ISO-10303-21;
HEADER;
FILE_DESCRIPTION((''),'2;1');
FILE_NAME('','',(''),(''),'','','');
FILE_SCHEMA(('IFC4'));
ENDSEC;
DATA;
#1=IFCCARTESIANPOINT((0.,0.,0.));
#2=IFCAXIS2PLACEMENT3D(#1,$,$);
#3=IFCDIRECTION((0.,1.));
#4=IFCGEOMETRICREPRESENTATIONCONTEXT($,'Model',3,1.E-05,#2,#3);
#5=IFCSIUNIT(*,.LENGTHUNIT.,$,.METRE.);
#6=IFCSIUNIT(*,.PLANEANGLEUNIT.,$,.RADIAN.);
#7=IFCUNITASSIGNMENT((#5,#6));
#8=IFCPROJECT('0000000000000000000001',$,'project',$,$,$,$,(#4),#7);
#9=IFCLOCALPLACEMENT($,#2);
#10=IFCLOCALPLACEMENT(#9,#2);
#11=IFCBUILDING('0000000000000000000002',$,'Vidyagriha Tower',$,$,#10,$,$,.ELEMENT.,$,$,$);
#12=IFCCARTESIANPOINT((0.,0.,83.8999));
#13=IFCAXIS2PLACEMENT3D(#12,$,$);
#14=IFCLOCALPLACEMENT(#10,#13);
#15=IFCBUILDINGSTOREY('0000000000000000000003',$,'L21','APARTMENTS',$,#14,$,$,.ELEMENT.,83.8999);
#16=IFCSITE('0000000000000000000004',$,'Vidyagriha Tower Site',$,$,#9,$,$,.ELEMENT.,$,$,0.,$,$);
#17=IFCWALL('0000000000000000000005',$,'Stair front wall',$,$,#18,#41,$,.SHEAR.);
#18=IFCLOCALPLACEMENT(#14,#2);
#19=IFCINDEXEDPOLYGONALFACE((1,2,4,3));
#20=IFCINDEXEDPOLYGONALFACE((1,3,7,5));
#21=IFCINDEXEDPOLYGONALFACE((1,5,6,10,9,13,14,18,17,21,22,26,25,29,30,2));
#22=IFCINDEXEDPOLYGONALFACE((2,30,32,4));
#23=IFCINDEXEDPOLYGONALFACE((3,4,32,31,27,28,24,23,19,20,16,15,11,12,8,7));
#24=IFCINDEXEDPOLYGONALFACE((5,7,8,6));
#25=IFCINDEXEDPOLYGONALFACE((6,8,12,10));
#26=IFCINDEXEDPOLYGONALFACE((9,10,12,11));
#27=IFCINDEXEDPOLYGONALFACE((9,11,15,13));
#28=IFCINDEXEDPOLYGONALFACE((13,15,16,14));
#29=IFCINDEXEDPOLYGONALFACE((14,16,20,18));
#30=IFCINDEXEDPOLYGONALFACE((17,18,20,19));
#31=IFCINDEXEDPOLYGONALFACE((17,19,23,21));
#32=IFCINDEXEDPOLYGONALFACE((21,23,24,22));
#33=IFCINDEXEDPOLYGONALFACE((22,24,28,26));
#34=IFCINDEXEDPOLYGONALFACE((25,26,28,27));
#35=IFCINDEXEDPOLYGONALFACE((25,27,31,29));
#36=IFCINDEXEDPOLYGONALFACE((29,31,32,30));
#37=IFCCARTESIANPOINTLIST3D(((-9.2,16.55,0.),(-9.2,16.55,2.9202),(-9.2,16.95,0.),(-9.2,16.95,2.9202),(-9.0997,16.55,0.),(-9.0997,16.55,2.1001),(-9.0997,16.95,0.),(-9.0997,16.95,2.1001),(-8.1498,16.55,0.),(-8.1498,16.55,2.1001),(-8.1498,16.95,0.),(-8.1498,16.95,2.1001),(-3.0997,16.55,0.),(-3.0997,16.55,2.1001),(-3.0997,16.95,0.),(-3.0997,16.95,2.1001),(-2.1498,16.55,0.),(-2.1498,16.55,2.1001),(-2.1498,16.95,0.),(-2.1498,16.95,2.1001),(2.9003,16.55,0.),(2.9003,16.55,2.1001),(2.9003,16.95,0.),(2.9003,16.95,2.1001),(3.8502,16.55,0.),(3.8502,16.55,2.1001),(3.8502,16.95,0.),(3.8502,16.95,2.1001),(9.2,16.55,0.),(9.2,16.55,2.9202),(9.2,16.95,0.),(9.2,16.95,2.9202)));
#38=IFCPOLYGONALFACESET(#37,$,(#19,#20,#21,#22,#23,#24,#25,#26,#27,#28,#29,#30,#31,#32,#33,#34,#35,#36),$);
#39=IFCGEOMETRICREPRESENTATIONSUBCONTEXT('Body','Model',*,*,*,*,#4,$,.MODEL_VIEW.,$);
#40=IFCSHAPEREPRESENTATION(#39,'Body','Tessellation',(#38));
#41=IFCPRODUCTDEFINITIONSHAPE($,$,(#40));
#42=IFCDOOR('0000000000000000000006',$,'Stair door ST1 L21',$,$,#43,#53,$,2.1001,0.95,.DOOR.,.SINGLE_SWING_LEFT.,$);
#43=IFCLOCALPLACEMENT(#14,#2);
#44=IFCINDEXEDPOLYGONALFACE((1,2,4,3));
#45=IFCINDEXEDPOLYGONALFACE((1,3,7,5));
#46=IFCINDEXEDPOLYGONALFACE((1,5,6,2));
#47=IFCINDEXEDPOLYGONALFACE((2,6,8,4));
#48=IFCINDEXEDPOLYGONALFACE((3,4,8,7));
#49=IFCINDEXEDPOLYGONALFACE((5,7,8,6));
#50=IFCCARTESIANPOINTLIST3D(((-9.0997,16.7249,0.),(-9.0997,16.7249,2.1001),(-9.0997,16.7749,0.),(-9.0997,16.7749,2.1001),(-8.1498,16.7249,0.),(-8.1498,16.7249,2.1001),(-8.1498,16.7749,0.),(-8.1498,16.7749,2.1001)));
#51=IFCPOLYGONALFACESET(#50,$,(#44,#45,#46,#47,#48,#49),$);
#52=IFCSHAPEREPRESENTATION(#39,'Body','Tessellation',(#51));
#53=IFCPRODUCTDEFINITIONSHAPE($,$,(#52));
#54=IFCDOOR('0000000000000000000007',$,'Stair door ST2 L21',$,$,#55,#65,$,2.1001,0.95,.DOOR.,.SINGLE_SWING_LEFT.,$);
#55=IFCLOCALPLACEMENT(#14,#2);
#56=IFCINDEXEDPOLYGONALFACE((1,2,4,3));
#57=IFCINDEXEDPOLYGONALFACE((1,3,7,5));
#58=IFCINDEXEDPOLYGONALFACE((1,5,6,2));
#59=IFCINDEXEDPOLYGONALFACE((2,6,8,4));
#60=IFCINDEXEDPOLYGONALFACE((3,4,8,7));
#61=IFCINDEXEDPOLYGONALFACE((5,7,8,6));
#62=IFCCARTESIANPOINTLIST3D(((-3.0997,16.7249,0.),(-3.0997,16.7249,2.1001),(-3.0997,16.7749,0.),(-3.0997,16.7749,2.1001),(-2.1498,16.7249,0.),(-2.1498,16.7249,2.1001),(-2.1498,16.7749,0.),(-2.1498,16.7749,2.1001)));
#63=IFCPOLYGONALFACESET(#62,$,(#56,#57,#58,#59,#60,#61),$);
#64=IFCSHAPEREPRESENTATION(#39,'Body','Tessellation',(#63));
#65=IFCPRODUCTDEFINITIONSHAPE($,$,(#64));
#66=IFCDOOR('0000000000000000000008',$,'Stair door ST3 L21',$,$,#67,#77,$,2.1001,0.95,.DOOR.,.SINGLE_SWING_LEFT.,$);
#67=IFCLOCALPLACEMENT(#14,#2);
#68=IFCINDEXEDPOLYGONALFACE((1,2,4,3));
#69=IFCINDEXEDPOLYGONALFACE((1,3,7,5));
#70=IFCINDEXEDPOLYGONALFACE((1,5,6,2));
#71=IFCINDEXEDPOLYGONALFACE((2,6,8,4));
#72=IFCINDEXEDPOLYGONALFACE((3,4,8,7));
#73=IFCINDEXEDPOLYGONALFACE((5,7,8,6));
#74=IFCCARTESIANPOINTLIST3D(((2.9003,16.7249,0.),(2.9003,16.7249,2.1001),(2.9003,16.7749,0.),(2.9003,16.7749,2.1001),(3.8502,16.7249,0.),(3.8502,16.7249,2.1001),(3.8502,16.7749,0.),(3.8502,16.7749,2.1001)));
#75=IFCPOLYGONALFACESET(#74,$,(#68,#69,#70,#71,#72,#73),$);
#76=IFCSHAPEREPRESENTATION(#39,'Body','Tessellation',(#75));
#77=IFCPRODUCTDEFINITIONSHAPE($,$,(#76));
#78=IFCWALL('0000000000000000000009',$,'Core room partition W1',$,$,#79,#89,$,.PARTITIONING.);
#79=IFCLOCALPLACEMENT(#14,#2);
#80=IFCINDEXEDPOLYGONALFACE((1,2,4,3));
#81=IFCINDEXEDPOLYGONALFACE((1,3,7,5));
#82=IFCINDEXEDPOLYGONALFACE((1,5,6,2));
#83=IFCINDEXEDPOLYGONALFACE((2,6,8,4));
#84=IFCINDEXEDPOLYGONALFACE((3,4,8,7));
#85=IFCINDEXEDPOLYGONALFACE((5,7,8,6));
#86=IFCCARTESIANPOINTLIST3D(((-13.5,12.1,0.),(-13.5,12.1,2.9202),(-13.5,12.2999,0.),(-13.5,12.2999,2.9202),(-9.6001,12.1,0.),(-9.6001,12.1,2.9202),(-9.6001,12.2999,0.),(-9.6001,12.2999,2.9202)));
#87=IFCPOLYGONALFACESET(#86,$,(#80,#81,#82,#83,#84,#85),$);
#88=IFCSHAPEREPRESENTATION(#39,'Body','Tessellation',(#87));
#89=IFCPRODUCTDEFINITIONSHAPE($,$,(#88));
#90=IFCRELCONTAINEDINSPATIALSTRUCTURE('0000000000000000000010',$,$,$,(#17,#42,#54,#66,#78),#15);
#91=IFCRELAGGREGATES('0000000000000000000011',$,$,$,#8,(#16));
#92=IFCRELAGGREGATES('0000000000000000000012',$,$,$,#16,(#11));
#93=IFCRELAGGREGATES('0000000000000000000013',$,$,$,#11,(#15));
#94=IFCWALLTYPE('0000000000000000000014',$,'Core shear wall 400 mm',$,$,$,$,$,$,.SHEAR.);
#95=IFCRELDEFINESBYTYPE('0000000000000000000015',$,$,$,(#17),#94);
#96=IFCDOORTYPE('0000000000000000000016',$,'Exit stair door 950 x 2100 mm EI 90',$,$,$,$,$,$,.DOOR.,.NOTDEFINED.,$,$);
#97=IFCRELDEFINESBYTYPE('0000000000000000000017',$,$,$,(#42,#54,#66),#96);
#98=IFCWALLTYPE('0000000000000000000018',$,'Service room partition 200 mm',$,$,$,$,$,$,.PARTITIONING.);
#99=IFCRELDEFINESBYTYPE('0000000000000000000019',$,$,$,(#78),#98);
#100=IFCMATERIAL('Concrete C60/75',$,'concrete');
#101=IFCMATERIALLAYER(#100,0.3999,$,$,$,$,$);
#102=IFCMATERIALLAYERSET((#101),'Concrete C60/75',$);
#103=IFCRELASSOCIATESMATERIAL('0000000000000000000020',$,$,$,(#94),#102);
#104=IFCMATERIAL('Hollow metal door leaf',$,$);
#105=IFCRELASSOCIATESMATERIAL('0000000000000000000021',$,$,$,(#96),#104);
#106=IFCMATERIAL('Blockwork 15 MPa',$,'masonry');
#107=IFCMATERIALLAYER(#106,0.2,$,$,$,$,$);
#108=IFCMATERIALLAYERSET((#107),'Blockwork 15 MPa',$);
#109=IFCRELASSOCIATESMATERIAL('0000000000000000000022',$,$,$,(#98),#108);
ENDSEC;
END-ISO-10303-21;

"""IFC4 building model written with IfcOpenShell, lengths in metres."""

from ifc_helpers import new_model, si_unit, direction, frame, frame_2d, origin, place, context, subcontext, project, spatial, rectangle, extrude, material, layer, layer_set, type_object, element, fill, save


model = new_model("IFC4")

# Units and contexts
model_context = context("Model", 3, precision=1e-05, world=origin(), true_north=direction((0.0, 1.0)))
body_context = subcontext(model_context, "Body", "Model", "MODEL_VIEW")
ifc_project = project(units=[si_unit("LENGTHUNIT", "METRE"), si_unit("PLANEANGLEUNIT", "RADIAN")], contexts=[model_context])

# Site, building, storey
site_placement = place(None, origin())
site = spatial("IfcSite", under=ifc_project, at=site_placement, Name="Vidyagriha Tower Site", CompositionType="ELEMENT", RefElevation=0.0)
building_placement = place(site_placement, origin())
building = spatial("IfcBuilding", under=site, at=building_placement, Name="Vidyagriha Tower", CompositionType="ELEMENT")
storey_placement = place(building_placement, frame((0.0, 0.0, 83.8999)))
storey = spatial("IfcBuildingStorey", under=building, at=storey_placement, Name="L21", Description="APARTMENTS", CompositionType="ELEMENT", Elevation=83.8999)

# Shared definitions
ifc_material_1 = material(Name="Concrete C60/75", Category="concrete")
ifc_layer_1 = layer(ifc_material_1, 0.3999)
ifc_layer_set_1 = layer_set([ifc_layer_1], Name="Concrete C60/75")
wall_type_1 = type_object("IfcWallType", Name="Core shear wall 400 mm", PredefinedType="SHEAR", material=ifc_layer_set_1)

# Wall, openings, doors
wall_1_placement = place(storey_placement, frame((-9.2, 16.75, 0.0)))
wall_1 = element("IfcWall", 1, at=wall_1_placement, inside=storey, type_object=wall_type_1, Name="Stair front wall", PredefinedType="SHEAR", context=body_context, shape_type="SweptSolid", body=[
    extrude(rectangle(XDim=18.3999, YDim=0.3999, at=frame_2d((9.2, 0.0))), origin(), (0.0, 0.0, 1.0), 2.9202),
])
opening_1_placement = place(wall_1_placement, frame((0.1001, 0.0, 0.0)))
opening_1 = element("IfcOpeningElement", 2, at=opening_1_placement, cuts=wall_1, PredefinedType="OPENING", context=body_context, shape_type="SweptSolid", body=[
    extrude(rectangle(XDim=0.95, YDim=2.1001, at=frame_2d((0.4751, 1.05))), frame((0.0, 0.21, 0.0), z_axis=(0.0, -1.0, 0.0), x_axis=(1.0, 0.0, 0.0)), (0.0, 0.0, 1.0), 0.4199),
])
opening_2_placement = place(wall_1_placement, frame((6.1001, 0.0, 0.0)))
opening_2 = element("IfcOpeningElement", 3, at=opening_2_placement, cuts=wall_1, PredefinedType="OPENING", context=body_context, shape_type="SweptSolid", body=[
    extrude(rectangle(XDim=0.95, YDim=2.1001, at=frame_2d((0.4751, 1.05))), frame((0.0, 0.21, 0.0), z_axis=(0.0, -1.0, 0.0), x_axis=(1.0, 0.0, 0.0)), (0.0, 0.0, 1.0), 0.4199),
])
opening_3_placement = place(wall_1_placement, frame((12.1001, 0.0, 0.0)))
opening_3 = element("IfcOpeningElement", 4, at=opening_3_placement, cuts=wall_1, PredefinedType="OPENING", context=body_context, shape_type="SweptSolid", body=[
    extrude(rectangle(XDim=0.95, YDim=2.1001, at=frame_2d((0.4751, 1.05))), frame((0.0, 0.21, 0.0), z_axis=(0.0, -1.0, 0.0), x_axis=(1.0, 0.0, 0.0)), (0.0, 0.0, 1.0), 0.4199),
])
ifc_material_2 = material(Name="Hollow metal door leaf")
door_type_1 = type_object("IfcDoorType", Name="Exit stair door 950 x 2100 mm EI 90", OperationType="NOTDEFINED", PredefinedType="DOOR", material=ifc_material_2)
door_1_placement = place(opening_1_placement, origin())
door_1 = element("IfcDoor", 5, at=door_1_placement, inside=storey, type_object=door_type_1, Name="Stair door ST1 L21", OperationType="SINGLE_SWING_LEFT", OverallHeight=2.1001, OverallWidth=0.95, PredefinedType="DOOR", context=body_context, shape_type="SweptSolid", body=[
    extrude(rectangle(XDim=0.95, YDim=2.1001, at=frame_2d((0.4751, 1.05))), frame((0.0, 0.0249, 0.0), z_axis=(0.0, -1.0, 0.0), x_axis=(1.0, 0.0, 0.0)), (0.0, 0.0, 1.0), 0.05),
])
fill(opening_1, door_1)
door_2_placement = place(opening_2_placement, origin())
door_2 = element("IfcDoor", 6, at=door_2_placement, inside=storey, type_object=door_type_1, Name="Stair door ST2 L21", OperationType="SINGLE_SWING_LEFT", OverallHeight=2.1001, OverallWidth=0.95, PredefinedType="DOOR", context=body_context, shape_type="SweptSolid", body=[
    extrude(rectangle(XDim=0.95, YDim=2.1001, at=frame_2d((0.4751, 1.05))), frame((0.0, 0.0249, 0.0), z_axis=(0.0, -1.0, 0.0), x_axis=(1.0, 0.0, 0.0)), (0.0, 0.0, 1.0), 0.05),
])
fill(opening_2, door_2)
door_3_placement = place(opening_3_placement, origin())
door_3 = element("IfcDoor", 7, at=door_3_placement, inside=storey, type_object=door_type_1, Name="Stair door ST3 L21", OperationType="SINGLE_SWING_LEFT", OverallHeight=2.1001, OverallWidth=0.95, PredefinedType="DOOR", context=body_context, shape_type="SweptSolid", body=[
    extrude(rectangle(XDim=0.95, YDim=2.1001, at=frame_2d((0.4751, 1.05))), frame((0.0, 0.0249, 0.0), z_axis=(0.0, -1.0, 0.0), x_axis=(1.0, 0.0, 0.0)), (0.0, 0.0, 1.0), 0.05),
])
fill(opening_3, door_3)

# Wall
ifc_material_3 = material(Name="Blockwork 15 MPa", Category="masonry")
ifc_layer_2 = layer(ifc_material_3, 0.2)
ifc_layer_set_2 = layer_set([ifc_layer_2], Name="Blockwork 15 MPa")
wall_type_2 = type_object("IfcWallType", Name="Service room partition 200 mm", PredefinedType="PARTITIONING", material=ifc_layer_set_2)
wall_2_placement = place(storey_placement, frame((-13.5, 12.2, 0.0)))
element("IfcWall", 8, at=wall_2_placement, inside=storey, type_object=wall_type_2, Name="Core room partition W1", PredefinedType="PARTITIONING", context=body_context, shape_type="SweptSolid", body=[
    extrude(rectangle(XDim=3.8999, YDim=0.2, at=frame_2d((1.95, 0.0))), origin(), (0.0, 0.0, 1.0), 2.9202),
])

save(model, "model.ifc")
